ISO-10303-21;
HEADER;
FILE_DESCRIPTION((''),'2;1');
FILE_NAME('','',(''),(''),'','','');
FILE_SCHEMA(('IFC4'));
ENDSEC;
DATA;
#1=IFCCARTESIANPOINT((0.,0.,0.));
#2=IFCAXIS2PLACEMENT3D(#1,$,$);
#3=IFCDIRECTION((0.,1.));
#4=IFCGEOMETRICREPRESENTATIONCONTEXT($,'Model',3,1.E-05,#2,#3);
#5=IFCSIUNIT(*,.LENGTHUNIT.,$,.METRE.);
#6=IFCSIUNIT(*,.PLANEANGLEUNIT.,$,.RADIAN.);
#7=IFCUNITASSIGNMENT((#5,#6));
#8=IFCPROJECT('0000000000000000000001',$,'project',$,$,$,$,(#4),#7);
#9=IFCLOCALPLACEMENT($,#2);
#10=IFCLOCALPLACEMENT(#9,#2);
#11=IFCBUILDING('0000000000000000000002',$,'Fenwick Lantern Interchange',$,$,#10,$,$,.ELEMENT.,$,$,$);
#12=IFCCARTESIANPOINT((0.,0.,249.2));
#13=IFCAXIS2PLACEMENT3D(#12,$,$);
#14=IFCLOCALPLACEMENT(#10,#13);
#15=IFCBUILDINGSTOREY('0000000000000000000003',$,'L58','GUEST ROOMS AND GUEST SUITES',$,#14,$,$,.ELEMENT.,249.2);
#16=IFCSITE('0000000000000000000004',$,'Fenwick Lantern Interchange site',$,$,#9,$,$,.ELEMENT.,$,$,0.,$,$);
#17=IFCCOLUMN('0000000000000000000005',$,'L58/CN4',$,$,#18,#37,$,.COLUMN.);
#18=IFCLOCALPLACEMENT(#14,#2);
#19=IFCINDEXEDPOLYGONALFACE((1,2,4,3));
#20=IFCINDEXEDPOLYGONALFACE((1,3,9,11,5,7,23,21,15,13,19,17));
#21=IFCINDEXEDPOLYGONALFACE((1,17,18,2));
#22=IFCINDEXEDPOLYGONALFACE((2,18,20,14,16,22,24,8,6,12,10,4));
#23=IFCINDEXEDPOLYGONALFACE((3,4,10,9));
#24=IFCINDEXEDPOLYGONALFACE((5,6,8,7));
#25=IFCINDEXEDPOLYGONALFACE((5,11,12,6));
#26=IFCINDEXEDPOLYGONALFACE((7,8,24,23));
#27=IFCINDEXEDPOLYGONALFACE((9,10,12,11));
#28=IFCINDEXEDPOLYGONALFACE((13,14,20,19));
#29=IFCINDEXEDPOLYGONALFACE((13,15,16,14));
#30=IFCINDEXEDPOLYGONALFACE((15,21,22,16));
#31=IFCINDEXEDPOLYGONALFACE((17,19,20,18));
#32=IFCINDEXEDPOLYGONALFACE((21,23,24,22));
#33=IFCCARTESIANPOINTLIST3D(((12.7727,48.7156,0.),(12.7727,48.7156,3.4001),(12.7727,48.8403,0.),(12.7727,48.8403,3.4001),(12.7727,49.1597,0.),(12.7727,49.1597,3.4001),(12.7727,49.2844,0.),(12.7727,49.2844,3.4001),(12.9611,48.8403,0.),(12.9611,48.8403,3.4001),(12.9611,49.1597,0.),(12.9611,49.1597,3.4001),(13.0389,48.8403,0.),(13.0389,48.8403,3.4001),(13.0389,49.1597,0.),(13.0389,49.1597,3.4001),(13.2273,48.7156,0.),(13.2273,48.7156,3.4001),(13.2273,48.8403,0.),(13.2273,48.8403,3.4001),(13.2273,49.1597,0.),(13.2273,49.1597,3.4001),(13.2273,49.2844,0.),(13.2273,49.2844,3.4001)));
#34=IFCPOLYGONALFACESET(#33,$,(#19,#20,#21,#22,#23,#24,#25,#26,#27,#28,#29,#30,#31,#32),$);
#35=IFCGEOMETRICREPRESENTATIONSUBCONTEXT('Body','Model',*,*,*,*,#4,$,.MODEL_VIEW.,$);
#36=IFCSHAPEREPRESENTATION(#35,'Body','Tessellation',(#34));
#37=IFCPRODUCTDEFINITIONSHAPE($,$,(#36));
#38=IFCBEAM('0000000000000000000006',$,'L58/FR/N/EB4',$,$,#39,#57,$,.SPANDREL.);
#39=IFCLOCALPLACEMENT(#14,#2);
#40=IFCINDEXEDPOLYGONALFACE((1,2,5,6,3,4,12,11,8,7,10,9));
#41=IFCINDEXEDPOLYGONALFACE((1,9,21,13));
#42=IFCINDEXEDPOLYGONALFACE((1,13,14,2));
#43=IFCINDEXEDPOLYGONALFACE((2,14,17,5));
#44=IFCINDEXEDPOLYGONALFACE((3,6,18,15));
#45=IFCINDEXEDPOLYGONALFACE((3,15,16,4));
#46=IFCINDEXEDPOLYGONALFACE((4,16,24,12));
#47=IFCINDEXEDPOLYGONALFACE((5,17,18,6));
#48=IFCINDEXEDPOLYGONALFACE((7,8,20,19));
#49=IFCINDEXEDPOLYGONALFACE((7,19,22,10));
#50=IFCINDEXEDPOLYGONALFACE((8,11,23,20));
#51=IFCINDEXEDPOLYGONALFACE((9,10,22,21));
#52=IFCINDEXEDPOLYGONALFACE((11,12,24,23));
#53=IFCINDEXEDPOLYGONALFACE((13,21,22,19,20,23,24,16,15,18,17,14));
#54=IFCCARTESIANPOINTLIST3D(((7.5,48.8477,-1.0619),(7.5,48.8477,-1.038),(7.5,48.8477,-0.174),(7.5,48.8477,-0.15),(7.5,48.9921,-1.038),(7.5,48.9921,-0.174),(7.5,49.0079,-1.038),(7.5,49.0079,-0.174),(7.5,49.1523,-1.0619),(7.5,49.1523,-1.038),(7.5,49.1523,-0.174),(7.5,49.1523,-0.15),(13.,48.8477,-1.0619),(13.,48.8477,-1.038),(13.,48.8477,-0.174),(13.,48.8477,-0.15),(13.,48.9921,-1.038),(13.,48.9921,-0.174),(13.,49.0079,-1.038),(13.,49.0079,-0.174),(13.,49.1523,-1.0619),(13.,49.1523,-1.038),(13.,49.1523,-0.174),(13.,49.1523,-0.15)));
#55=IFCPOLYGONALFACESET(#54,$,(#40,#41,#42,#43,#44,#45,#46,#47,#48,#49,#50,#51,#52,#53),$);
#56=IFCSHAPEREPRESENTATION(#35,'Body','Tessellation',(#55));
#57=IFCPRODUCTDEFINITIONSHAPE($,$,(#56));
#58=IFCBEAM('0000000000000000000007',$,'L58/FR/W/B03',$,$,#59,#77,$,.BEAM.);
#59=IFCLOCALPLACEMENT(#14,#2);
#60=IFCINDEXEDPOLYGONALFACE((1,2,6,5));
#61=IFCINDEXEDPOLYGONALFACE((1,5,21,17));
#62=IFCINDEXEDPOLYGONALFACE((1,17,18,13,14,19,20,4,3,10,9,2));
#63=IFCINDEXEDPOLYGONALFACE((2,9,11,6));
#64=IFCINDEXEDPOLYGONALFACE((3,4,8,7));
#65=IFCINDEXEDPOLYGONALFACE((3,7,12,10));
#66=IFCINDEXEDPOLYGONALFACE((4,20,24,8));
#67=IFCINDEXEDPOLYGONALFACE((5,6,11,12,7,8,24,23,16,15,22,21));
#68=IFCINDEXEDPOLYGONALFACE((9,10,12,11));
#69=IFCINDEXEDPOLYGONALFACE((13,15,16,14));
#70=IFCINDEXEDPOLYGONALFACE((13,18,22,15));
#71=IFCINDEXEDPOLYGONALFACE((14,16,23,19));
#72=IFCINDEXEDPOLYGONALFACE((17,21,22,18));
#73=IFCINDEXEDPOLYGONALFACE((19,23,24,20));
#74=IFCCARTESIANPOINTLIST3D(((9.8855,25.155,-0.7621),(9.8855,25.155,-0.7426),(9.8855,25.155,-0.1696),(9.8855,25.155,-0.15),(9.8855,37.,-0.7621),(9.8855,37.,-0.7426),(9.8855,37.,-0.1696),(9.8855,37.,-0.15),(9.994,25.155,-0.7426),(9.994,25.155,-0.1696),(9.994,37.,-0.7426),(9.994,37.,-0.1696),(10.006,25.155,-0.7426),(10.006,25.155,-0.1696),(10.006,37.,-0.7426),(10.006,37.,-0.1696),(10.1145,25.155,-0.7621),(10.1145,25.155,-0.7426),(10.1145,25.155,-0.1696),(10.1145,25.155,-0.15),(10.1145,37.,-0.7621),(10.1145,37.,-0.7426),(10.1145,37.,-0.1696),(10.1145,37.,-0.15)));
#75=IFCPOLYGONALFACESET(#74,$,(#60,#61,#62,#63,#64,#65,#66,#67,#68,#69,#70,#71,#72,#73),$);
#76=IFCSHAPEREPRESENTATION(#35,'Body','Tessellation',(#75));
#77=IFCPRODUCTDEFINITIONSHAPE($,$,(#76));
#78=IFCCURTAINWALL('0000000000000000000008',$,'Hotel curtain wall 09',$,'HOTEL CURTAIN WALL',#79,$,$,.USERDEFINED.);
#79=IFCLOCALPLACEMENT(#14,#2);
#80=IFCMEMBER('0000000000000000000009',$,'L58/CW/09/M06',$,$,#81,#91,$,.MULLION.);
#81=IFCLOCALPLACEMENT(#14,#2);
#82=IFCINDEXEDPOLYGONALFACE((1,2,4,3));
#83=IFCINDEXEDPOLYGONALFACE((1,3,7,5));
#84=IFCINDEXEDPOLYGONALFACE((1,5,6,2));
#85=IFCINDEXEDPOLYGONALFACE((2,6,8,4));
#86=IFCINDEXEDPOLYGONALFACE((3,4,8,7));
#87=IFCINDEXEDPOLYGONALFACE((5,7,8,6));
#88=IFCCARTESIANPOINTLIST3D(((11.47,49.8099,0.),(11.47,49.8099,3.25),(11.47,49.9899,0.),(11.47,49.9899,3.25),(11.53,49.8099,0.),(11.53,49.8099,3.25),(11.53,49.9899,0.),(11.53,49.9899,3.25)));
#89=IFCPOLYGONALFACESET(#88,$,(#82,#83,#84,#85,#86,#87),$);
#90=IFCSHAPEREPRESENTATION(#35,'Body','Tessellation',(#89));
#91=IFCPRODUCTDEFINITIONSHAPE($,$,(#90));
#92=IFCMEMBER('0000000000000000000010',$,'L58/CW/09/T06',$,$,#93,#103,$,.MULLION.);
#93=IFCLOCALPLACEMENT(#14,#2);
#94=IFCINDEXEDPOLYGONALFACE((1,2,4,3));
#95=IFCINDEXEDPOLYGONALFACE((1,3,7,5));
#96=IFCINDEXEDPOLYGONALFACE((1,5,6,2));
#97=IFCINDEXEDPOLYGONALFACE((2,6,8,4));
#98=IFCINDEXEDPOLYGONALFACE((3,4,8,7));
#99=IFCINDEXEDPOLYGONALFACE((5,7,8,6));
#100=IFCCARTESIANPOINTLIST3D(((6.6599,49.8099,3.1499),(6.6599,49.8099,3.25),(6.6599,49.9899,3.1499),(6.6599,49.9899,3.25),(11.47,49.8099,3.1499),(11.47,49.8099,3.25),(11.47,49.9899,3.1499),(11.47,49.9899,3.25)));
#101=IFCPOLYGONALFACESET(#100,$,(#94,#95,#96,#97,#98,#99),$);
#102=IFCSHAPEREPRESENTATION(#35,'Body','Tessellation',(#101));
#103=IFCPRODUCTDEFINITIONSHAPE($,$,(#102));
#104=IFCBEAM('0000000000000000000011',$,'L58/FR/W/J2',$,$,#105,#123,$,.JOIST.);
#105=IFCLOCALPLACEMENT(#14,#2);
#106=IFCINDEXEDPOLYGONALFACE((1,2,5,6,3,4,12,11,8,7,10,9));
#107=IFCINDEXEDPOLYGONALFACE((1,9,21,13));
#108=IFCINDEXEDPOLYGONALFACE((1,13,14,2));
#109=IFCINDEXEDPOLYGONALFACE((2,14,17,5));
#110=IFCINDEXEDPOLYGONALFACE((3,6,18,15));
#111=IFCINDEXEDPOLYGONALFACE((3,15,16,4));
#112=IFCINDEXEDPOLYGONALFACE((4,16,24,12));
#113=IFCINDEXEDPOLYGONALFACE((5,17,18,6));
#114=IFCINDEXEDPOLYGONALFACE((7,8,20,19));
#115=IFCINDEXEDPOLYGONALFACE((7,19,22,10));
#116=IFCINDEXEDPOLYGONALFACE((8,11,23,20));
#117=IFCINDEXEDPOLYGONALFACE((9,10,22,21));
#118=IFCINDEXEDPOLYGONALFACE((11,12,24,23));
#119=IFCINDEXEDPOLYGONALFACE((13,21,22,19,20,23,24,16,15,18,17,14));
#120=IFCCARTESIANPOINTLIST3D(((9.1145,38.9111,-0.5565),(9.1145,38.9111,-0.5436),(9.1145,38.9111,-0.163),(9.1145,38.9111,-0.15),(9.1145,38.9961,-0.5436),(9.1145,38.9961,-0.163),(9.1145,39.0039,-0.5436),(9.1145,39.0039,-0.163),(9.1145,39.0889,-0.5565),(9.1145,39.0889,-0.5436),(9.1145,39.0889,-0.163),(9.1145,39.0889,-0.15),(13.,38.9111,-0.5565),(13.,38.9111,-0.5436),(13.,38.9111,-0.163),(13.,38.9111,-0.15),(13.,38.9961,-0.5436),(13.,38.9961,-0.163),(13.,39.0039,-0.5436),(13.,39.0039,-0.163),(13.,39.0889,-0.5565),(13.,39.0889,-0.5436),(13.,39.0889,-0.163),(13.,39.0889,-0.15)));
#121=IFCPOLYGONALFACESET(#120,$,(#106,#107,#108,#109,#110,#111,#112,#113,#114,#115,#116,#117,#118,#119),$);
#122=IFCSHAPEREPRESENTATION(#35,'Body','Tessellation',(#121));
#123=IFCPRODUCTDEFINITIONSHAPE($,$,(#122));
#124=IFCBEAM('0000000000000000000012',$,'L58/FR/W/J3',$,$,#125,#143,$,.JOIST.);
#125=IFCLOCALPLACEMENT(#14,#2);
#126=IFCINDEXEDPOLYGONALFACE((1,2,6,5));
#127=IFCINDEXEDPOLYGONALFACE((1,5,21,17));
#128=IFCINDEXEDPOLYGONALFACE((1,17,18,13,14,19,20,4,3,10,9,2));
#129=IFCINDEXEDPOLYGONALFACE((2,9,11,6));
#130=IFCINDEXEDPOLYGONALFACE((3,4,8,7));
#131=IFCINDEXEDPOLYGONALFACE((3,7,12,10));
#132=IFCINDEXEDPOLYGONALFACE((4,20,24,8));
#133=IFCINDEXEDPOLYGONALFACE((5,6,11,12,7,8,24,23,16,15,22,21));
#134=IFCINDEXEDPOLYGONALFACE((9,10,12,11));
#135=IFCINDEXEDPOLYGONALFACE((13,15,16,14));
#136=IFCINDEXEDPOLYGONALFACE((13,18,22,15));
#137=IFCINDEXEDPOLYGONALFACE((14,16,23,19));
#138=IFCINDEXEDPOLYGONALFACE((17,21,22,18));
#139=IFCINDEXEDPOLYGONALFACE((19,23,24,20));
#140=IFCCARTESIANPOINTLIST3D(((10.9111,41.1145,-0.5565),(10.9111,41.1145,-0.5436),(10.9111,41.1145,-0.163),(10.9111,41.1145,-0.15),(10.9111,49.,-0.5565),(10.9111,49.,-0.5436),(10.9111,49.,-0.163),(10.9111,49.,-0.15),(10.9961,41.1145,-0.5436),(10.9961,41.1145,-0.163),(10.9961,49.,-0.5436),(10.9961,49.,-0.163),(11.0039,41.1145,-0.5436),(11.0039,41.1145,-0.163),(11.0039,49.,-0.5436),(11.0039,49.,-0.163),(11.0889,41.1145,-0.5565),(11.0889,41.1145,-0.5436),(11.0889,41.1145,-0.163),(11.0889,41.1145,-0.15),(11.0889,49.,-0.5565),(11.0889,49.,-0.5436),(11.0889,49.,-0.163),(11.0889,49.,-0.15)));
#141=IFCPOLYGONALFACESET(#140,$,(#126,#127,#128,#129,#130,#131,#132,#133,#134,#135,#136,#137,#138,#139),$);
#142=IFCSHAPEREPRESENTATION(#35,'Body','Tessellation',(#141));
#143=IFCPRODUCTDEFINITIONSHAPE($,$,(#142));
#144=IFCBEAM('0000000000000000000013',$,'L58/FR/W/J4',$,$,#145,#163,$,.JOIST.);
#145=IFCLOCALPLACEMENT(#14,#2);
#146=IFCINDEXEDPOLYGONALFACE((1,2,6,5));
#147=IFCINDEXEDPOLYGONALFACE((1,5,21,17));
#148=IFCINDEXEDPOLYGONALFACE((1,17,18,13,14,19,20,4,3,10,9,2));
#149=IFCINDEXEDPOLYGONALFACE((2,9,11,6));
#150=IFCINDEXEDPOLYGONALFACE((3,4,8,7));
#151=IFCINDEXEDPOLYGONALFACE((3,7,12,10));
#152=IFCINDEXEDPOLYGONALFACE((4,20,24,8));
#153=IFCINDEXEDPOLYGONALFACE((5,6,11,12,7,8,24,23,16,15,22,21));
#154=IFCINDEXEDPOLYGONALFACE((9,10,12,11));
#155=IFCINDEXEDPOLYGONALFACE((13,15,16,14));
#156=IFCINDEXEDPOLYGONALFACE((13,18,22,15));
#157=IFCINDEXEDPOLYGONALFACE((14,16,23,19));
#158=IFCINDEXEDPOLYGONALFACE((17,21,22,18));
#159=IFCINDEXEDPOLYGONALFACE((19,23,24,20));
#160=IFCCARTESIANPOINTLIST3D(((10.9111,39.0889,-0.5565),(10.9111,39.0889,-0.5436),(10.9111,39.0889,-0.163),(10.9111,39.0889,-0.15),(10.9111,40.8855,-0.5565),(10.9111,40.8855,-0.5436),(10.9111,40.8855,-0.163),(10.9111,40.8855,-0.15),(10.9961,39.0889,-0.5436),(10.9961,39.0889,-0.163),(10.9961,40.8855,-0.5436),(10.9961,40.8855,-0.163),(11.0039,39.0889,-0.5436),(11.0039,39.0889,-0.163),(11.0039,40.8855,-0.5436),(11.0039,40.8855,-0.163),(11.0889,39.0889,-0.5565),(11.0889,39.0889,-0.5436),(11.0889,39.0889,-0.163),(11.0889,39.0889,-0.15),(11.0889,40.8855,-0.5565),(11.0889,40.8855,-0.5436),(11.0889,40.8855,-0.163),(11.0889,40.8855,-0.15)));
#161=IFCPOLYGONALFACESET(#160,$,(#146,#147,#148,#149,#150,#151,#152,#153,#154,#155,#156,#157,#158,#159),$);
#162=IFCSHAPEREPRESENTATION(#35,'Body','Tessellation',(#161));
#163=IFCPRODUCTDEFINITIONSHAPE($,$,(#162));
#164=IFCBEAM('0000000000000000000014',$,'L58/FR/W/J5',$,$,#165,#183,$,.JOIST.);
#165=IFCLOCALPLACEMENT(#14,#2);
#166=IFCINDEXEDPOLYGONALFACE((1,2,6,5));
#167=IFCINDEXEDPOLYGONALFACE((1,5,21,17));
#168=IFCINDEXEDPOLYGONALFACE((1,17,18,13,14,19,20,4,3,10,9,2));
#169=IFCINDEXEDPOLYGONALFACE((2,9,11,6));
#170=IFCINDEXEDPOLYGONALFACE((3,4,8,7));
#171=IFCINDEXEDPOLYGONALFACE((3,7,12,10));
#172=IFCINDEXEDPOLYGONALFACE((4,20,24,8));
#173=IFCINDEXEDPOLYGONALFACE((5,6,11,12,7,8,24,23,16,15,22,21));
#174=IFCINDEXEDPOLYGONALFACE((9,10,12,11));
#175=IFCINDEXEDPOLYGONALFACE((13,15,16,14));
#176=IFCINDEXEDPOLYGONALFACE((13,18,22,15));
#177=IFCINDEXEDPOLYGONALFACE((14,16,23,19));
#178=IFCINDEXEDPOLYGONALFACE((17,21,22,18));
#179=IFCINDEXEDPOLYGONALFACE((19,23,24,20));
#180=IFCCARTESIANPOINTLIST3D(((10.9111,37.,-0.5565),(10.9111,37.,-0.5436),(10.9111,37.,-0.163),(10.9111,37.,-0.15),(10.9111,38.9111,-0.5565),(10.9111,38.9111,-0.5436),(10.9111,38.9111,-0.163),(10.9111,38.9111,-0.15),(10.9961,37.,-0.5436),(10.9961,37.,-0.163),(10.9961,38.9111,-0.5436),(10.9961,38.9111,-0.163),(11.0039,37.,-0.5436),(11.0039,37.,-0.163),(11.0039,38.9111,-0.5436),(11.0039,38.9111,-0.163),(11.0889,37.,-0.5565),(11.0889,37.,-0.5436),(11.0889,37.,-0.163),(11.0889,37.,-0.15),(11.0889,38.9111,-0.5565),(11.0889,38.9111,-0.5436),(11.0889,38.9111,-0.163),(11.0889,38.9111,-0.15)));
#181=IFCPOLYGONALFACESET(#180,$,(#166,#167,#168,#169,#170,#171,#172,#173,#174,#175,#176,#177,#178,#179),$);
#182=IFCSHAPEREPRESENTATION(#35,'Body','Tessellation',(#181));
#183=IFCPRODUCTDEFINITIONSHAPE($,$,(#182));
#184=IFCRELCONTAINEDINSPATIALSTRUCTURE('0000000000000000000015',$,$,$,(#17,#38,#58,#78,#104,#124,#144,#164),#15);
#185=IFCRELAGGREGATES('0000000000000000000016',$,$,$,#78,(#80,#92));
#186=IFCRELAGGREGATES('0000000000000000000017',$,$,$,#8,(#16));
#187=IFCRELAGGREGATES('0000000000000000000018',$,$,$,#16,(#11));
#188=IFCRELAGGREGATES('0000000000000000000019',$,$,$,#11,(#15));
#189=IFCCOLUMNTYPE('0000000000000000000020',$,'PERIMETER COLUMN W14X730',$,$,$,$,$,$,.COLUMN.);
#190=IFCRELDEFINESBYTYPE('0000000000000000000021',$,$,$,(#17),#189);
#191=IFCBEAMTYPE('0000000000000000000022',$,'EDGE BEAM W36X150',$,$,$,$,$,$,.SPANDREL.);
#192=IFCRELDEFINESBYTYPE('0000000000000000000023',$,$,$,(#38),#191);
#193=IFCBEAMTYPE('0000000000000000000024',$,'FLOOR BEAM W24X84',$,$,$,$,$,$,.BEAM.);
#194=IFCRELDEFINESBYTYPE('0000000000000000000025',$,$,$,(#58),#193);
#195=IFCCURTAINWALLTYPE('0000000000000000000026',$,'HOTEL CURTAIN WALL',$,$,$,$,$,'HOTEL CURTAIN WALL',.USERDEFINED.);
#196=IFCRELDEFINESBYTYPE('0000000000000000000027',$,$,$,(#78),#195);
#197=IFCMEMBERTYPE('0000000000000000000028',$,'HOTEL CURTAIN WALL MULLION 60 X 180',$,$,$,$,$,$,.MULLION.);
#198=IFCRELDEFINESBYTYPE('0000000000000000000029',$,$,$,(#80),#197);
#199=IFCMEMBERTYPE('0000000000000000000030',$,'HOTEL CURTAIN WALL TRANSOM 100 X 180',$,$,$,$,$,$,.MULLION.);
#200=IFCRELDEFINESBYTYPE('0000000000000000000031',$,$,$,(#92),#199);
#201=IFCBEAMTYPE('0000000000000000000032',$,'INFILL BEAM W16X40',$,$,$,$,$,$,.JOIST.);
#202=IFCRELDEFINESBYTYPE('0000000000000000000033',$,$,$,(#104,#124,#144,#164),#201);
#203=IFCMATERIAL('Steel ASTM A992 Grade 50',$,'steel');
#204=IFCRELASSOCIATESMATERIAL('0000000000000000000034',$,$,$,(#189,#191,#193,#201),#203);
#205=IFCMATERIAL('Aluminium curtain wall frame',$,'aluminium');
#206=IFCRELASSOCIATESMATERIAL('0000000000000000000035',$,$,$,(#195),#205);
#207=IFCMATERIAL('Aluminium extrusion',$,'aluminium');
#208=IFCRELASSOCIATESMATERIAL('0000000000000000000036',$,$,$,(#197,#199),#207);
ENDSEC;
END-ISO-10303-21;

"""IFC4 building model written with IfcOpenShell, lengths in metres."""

from ifc_helpers import new_model, si_unit, direction, frame, origin, origin_2d, place, context, subcontext, project, spatial, rectangle, i_section, extrude, material, material_profile, profile_set, type_object, element, aggregate, save


model = new_model("IFC4")

# Units and contexts
model_context = context("Model", 3, precision=1e-05, world=origin(), true_north=direction((0.0, 1.0)))
body_context = subcontext(model_context, "Body", "Model", "MODEL_VIEW")
ifc_project = project(units=[si_unit("LENGTHUNIT", "METRE"), si_unit("PLANEANGLEUNIT", "RADIAN")], contexts=[model_context])

# Site, building, storey
site_placement = place(None, origin())
site = spatial("IfcSite", under=ifc_project, at=site_placement, Name="Fenwick Lantern Interchange site", CompositionType="ELEMENT", RefElevation=0.0)
building_placement = place(site_placement, origin())
building = spatial("IfcBuilding", under=site, at=building_placement, Name="Fenwick Lantern Interchange", CompositionType="ELEMENT")
storey_placement = place(building_placement, frame((0.0, 0.0, 249.2)))
storey = spatial("IfcBuildingStorey", under=building, at=storey_placement, Name="L58", Description="GUEST ROOMS AND GUEST SUITES", CompositionType="ELEMENT", Elevation=249.2)

# Column
ifc_material_1 = material(Name="Steel ASTM A992 Grade 50", Category="steel")
ifc_material_profile_1 = material_profile(ifc_material_1, i_section(OverallWidth=0.4546, OverallDepth=0.5688, WebThickness=0.0779, FlangeThickness=0.1248, at=origin_2d()), Name="W14X730")
ifc_profile_set_1 = profile_set([ifc_material_profile_1], Name="Steel ASTM A992 Grade 50")
column_type = type_object("IfcColumnType", Name="PERIMETER COLUMN W14X730", PredefinedType="COLUMN", material=ifc_profile_set_1)
column_placement = place(storey_placement, frame((13.0, 49.0, 0.0), z_axis=(0.0, 0.0, 1.0), x_axis=(1.0, 0.0, 0.0)))
element("IfcColumn", 1, at=column_placement, inside=storey, type_object=column_type, Name="L58/CN4", PredefinedType="COLUMN", context=body_context, shape_type="SweptSolid", body=[
    extrude(i_section(OverallWidth=0.4546, OverallDepth=0.5688, WebThickness=0.0779, FlangeThickness=0.1248, at=origin_2d()), origin(), (0.0, 0.0, 1.0), 3.4001),
])

# Beams
ifc_material_profile_2 = material_profile(ifc_material_1, i_section(OverallWidth=0.3047, OverallDepth=0.9119, WebThickness=0.0159, FlangeThickness=0.0239, at=origin_2d()), Name="W36X150")
ifc_profile_set_2 = profile_set([ifc_material_profile_2], Name="Steel ASTM A992 Grade 50")
beam_type_1 = type_object("IfcBeamType", Name="EDGE BEAM W36X150", PredefinedType="SPANDREL", material=ifc_profile_set_2)
beam_1_placement = place(storey_placement, frame((13.0, 49.0, -0.606), z_axis=(-1.0, 0.0, 0.0), x_axis=(0.0, -1.0, 0.0)))
element("IfcBeam", 2, at=beam_1_placement, inside=storey, type_object=beam_type_1, Name="L58/FR/N/EB4", PredefinedType="SPANDREL", context=body_context, shape_type="SweptSolid", body=[
    extrude(i_section(OverallWidth=0.3047, OverallDepth=0.9119, WebThickness=0.0159, FlangeThickness=0.0239, at=origin_2d()), origin(), (0.0, 0.0, 1.0), 5.5),
])
ifc_material_profile_3 = material_profile(ifc_material_1, i_section(OverallWidth=0.229, OverallDepth=0.6121, WebThickness=0.012, FlangeThickness=0.0195, at=origin_2d()), Name="W24X84")
ifc_profile_set_3 = profile_set([ifc_material_profile_3], Name="Steel ASTM A992 Grade 50")
beam_type_2 = type_object("IfcBeamType", Name="FLOOR BEAM W24X84", PredefinedType="BEAM", material=ifc_profile_set_3)
beam_2_placement = place(storey_placement, frame((10.0, 37.0, -0.4561), z_axis=(0.0, -1.0, 0.0), x_axis=(1.0, 0.0, 0.0)))
element("IfcBeam", 3, at=beam_2_placement, inside=storey, type_object=beam_type_2, Name="L58/FR/W/B03", PredefinedType="BEAM", context=body_context, shape_type="SweptSolid", body=[
    extrude(i_section(OverallWidth=0.229, OverallDepth=0.6121, WebThickness=0.012, FlangeThickness=0.0195, at=origin_2d()), origin(), (0.0, 0.0, 1.0), 11.845),
])

# Curtain wall, members
ifc_material_2 = material(Name="Aluminium curtain wall frame", Category="aluminium")
curtain_wall_type = type_object("IfcCurtainWallType", Name="HOTEL CURTAIN WALL", ElementType="HOTEL CURTAIN WALL", PredefinedType="USERDEFINED", material=ifc_material_2)
curtain_wall_placement = place(storey_placement, origin())
curtain_wall = element("IfcCurtainWall", 4, at=curtain_wall_placement, inside=storey, type_object=curtain_wall_type, Name="Hotel curtain wall 09", ObjectType="HOTEL CURTAIN WALL", PredefinedType="USERDEFINED")
ifc_material_3 = material(Name="Aluminium extrusion", Category="aluminium")
ifc_material_profile_4 = material_profile(ifc_material_3, rectangle(XDim=0.1799, YDim=0.0601, at=origin_2d()), Name="HOTEL CURTAIN WALL MULLION 60 X 180")
ifc_profile_set_4 = profile_set([ifc_material_profile_4], Name="Aluminium extrusion")
member_type_1 = type_object("IfcMemberType", Name="HOTEL CURTAIN WALL MULLION 60 X 180", PredefinedType="MULLION", material=ifc_profile_set_4)
member_1_placement = place(storey_placement, frame((11.5, 49.8999, 0.0), z_axis=(0.0, 0.0, 1.0), x_axis=(0.0, -1.0, 0.0)))
member_1 = element("IfcMember", 5, at=member_1_placement, type_object=member_type_1, Name="L58/CW/09/M06", PredefinedType="MULLION", context=body_context, shape_type="SweptSolid", body=[
    extrude(rectangle(XDim=0.1799, YDim=0.0601, at=origin_2d()), origin(), (0.0, 0.0, 1.0), 3.25),
])
ifc_material_profile_5 = material_profile(ifc_material_3, rectangle(XDim=0.1799, YDim=0.1001, at=origin_2d()), Name="HOTEL CURTAIN WALL TRANSOM 100 X 180")
ifc_profile_set_5 = profile_set([ifc_material_profile_5], Name="Aluminium extrusion")
member_type_2 = type_object("IfcMemberType", Name="HOTEL CURTAIN WALL TRANSOM 100 X 180", PredefinedType="MULLION", material=ifc_profile_set_5)
member_2_placement = place(storey_placement, frame((11.47, 49.8999, 3.2), z_axis=(-1.0, 0.0, 0.0), x_axis=(0.0, -1.0, 0.0)))
member_2 = element("IfcMember", 6, at=member_2_placement, type_object=member_type_2, Name="L58/CW/09/T06", PredefinedType="MULLION", context=body_context, shape_type="SweptSolid", body=[
    extrude(rectangle(XDim=0.1799, YDim=0.1001, at=origin_2d()), origin(), (0.0, 0.0, 1.0), 4.8101),
])
aggregate(curtain_wall, [member_1, member_2])

# Beams
ifc_material_profile_6 = material_profile(ifc_material_1, i_section(OverallWidth=0.1777, OverallDepth=0.4065, WebThickness=0.0078, FlangeThickness=0.0129, at=origin_2d()), Name="W16X40")
ifc_profile_set_6 = profile_set([ifc_material_profile_6], Name="Steel ASTM A992 Grade 50")
beam_type_3 = type_object("IfcBeamType", Name="INFILL BEAM W16X40", PredefinedType="JOIST", material=ifc_profile_set_6)
beam_3_placement = place(storey_placement, frame((9.1145, 39.0, -0.3533), z_axis=(1.0, 0.0, 0.0), x_axis=(0.0, 1.0, 0.0)))
element("IfcBeam", 7, at=beam_3_placement, inside=storey, type_object=beam_type_3, Name="L58/FR/W/J2", PredefinedType="JOIST", context=body_context, shape_type="SweptSolid", body=[
    extrude(i_section(OverallWidth=0.1777, OverallDepth=0.4065, WebThickness=0.0078, FlangeThickness=0.0129, at=origin_2d()), origin(), (0.0, 0.0, 1.0), 3.8855),
])
beam_4_placement = place(storey_placement, frame((11.0, 49.0, -0.3533), z_axis=(0.0, -1.0, 0.0), x_axis=(1.0, 0.0, 0.0)))
element("IfcBeam", 8, at=beam_4_placement, inside=storey, type_object=beam_type_3, Name="L58/FR/W/J3", PredefinedType="JOIST", context=body_context, shape_type="SweptSolid", body=[
    extrude(i_section(OverallWidth=0.1777, OverallDepth=0.4065, WebThickness=0.0078, FlangeThickness=0.0129, at=origin_2d()), origin(), (0.0, 0.0, 1.0), 7.8855),
])
beam_5_placement = place(storey_placement, frame((11.0, 40.8855, -0.3533), z_axis=(0.0, -1.0, 0.0), x_axis=(1.0, 0.0, 0.0)))
element("IfcBeam", 9, at=beam_5_placement, inside=storey, type_object=beam_type_3, Name="L58/FR/W/J4", PredefinedType="JOIST", context=body_context, shape_type="SweptSolid", body=[
    extrude(i_section(OverallWidth=0.1777, OverallDepth=0.4065, WebThickness=0.0078, FlangeThickness=0.0129, at=origin_2d()), origin(), (0.0, 0.0, 1.0), 1.7966),
])
beam_6_placement = place(storey_placement, frame((11.0, 38.9111, -0.3533), z_axis=(0.0, -1.0, 0.0), x_axis=(1.0, 0.0, 0.0)))
element("IfcBeam", 10, at=beam_6_placement, inside=storey, type_object=beam_type_3, Name="L58/FR/W/J5", PredefinedType="JOIST", context=body_context, shape_type="SweptSolid", body=[
    extrude(i_section(OverallWidth=0.1777, OverallDepth=0.4065, WebThickness=0.0078, FlangeThickness=0.0129, at=origin_2d()), origin(), (0.0, 0.0, 1.0), 1.9111),
])

save(model, "model.ifc")
